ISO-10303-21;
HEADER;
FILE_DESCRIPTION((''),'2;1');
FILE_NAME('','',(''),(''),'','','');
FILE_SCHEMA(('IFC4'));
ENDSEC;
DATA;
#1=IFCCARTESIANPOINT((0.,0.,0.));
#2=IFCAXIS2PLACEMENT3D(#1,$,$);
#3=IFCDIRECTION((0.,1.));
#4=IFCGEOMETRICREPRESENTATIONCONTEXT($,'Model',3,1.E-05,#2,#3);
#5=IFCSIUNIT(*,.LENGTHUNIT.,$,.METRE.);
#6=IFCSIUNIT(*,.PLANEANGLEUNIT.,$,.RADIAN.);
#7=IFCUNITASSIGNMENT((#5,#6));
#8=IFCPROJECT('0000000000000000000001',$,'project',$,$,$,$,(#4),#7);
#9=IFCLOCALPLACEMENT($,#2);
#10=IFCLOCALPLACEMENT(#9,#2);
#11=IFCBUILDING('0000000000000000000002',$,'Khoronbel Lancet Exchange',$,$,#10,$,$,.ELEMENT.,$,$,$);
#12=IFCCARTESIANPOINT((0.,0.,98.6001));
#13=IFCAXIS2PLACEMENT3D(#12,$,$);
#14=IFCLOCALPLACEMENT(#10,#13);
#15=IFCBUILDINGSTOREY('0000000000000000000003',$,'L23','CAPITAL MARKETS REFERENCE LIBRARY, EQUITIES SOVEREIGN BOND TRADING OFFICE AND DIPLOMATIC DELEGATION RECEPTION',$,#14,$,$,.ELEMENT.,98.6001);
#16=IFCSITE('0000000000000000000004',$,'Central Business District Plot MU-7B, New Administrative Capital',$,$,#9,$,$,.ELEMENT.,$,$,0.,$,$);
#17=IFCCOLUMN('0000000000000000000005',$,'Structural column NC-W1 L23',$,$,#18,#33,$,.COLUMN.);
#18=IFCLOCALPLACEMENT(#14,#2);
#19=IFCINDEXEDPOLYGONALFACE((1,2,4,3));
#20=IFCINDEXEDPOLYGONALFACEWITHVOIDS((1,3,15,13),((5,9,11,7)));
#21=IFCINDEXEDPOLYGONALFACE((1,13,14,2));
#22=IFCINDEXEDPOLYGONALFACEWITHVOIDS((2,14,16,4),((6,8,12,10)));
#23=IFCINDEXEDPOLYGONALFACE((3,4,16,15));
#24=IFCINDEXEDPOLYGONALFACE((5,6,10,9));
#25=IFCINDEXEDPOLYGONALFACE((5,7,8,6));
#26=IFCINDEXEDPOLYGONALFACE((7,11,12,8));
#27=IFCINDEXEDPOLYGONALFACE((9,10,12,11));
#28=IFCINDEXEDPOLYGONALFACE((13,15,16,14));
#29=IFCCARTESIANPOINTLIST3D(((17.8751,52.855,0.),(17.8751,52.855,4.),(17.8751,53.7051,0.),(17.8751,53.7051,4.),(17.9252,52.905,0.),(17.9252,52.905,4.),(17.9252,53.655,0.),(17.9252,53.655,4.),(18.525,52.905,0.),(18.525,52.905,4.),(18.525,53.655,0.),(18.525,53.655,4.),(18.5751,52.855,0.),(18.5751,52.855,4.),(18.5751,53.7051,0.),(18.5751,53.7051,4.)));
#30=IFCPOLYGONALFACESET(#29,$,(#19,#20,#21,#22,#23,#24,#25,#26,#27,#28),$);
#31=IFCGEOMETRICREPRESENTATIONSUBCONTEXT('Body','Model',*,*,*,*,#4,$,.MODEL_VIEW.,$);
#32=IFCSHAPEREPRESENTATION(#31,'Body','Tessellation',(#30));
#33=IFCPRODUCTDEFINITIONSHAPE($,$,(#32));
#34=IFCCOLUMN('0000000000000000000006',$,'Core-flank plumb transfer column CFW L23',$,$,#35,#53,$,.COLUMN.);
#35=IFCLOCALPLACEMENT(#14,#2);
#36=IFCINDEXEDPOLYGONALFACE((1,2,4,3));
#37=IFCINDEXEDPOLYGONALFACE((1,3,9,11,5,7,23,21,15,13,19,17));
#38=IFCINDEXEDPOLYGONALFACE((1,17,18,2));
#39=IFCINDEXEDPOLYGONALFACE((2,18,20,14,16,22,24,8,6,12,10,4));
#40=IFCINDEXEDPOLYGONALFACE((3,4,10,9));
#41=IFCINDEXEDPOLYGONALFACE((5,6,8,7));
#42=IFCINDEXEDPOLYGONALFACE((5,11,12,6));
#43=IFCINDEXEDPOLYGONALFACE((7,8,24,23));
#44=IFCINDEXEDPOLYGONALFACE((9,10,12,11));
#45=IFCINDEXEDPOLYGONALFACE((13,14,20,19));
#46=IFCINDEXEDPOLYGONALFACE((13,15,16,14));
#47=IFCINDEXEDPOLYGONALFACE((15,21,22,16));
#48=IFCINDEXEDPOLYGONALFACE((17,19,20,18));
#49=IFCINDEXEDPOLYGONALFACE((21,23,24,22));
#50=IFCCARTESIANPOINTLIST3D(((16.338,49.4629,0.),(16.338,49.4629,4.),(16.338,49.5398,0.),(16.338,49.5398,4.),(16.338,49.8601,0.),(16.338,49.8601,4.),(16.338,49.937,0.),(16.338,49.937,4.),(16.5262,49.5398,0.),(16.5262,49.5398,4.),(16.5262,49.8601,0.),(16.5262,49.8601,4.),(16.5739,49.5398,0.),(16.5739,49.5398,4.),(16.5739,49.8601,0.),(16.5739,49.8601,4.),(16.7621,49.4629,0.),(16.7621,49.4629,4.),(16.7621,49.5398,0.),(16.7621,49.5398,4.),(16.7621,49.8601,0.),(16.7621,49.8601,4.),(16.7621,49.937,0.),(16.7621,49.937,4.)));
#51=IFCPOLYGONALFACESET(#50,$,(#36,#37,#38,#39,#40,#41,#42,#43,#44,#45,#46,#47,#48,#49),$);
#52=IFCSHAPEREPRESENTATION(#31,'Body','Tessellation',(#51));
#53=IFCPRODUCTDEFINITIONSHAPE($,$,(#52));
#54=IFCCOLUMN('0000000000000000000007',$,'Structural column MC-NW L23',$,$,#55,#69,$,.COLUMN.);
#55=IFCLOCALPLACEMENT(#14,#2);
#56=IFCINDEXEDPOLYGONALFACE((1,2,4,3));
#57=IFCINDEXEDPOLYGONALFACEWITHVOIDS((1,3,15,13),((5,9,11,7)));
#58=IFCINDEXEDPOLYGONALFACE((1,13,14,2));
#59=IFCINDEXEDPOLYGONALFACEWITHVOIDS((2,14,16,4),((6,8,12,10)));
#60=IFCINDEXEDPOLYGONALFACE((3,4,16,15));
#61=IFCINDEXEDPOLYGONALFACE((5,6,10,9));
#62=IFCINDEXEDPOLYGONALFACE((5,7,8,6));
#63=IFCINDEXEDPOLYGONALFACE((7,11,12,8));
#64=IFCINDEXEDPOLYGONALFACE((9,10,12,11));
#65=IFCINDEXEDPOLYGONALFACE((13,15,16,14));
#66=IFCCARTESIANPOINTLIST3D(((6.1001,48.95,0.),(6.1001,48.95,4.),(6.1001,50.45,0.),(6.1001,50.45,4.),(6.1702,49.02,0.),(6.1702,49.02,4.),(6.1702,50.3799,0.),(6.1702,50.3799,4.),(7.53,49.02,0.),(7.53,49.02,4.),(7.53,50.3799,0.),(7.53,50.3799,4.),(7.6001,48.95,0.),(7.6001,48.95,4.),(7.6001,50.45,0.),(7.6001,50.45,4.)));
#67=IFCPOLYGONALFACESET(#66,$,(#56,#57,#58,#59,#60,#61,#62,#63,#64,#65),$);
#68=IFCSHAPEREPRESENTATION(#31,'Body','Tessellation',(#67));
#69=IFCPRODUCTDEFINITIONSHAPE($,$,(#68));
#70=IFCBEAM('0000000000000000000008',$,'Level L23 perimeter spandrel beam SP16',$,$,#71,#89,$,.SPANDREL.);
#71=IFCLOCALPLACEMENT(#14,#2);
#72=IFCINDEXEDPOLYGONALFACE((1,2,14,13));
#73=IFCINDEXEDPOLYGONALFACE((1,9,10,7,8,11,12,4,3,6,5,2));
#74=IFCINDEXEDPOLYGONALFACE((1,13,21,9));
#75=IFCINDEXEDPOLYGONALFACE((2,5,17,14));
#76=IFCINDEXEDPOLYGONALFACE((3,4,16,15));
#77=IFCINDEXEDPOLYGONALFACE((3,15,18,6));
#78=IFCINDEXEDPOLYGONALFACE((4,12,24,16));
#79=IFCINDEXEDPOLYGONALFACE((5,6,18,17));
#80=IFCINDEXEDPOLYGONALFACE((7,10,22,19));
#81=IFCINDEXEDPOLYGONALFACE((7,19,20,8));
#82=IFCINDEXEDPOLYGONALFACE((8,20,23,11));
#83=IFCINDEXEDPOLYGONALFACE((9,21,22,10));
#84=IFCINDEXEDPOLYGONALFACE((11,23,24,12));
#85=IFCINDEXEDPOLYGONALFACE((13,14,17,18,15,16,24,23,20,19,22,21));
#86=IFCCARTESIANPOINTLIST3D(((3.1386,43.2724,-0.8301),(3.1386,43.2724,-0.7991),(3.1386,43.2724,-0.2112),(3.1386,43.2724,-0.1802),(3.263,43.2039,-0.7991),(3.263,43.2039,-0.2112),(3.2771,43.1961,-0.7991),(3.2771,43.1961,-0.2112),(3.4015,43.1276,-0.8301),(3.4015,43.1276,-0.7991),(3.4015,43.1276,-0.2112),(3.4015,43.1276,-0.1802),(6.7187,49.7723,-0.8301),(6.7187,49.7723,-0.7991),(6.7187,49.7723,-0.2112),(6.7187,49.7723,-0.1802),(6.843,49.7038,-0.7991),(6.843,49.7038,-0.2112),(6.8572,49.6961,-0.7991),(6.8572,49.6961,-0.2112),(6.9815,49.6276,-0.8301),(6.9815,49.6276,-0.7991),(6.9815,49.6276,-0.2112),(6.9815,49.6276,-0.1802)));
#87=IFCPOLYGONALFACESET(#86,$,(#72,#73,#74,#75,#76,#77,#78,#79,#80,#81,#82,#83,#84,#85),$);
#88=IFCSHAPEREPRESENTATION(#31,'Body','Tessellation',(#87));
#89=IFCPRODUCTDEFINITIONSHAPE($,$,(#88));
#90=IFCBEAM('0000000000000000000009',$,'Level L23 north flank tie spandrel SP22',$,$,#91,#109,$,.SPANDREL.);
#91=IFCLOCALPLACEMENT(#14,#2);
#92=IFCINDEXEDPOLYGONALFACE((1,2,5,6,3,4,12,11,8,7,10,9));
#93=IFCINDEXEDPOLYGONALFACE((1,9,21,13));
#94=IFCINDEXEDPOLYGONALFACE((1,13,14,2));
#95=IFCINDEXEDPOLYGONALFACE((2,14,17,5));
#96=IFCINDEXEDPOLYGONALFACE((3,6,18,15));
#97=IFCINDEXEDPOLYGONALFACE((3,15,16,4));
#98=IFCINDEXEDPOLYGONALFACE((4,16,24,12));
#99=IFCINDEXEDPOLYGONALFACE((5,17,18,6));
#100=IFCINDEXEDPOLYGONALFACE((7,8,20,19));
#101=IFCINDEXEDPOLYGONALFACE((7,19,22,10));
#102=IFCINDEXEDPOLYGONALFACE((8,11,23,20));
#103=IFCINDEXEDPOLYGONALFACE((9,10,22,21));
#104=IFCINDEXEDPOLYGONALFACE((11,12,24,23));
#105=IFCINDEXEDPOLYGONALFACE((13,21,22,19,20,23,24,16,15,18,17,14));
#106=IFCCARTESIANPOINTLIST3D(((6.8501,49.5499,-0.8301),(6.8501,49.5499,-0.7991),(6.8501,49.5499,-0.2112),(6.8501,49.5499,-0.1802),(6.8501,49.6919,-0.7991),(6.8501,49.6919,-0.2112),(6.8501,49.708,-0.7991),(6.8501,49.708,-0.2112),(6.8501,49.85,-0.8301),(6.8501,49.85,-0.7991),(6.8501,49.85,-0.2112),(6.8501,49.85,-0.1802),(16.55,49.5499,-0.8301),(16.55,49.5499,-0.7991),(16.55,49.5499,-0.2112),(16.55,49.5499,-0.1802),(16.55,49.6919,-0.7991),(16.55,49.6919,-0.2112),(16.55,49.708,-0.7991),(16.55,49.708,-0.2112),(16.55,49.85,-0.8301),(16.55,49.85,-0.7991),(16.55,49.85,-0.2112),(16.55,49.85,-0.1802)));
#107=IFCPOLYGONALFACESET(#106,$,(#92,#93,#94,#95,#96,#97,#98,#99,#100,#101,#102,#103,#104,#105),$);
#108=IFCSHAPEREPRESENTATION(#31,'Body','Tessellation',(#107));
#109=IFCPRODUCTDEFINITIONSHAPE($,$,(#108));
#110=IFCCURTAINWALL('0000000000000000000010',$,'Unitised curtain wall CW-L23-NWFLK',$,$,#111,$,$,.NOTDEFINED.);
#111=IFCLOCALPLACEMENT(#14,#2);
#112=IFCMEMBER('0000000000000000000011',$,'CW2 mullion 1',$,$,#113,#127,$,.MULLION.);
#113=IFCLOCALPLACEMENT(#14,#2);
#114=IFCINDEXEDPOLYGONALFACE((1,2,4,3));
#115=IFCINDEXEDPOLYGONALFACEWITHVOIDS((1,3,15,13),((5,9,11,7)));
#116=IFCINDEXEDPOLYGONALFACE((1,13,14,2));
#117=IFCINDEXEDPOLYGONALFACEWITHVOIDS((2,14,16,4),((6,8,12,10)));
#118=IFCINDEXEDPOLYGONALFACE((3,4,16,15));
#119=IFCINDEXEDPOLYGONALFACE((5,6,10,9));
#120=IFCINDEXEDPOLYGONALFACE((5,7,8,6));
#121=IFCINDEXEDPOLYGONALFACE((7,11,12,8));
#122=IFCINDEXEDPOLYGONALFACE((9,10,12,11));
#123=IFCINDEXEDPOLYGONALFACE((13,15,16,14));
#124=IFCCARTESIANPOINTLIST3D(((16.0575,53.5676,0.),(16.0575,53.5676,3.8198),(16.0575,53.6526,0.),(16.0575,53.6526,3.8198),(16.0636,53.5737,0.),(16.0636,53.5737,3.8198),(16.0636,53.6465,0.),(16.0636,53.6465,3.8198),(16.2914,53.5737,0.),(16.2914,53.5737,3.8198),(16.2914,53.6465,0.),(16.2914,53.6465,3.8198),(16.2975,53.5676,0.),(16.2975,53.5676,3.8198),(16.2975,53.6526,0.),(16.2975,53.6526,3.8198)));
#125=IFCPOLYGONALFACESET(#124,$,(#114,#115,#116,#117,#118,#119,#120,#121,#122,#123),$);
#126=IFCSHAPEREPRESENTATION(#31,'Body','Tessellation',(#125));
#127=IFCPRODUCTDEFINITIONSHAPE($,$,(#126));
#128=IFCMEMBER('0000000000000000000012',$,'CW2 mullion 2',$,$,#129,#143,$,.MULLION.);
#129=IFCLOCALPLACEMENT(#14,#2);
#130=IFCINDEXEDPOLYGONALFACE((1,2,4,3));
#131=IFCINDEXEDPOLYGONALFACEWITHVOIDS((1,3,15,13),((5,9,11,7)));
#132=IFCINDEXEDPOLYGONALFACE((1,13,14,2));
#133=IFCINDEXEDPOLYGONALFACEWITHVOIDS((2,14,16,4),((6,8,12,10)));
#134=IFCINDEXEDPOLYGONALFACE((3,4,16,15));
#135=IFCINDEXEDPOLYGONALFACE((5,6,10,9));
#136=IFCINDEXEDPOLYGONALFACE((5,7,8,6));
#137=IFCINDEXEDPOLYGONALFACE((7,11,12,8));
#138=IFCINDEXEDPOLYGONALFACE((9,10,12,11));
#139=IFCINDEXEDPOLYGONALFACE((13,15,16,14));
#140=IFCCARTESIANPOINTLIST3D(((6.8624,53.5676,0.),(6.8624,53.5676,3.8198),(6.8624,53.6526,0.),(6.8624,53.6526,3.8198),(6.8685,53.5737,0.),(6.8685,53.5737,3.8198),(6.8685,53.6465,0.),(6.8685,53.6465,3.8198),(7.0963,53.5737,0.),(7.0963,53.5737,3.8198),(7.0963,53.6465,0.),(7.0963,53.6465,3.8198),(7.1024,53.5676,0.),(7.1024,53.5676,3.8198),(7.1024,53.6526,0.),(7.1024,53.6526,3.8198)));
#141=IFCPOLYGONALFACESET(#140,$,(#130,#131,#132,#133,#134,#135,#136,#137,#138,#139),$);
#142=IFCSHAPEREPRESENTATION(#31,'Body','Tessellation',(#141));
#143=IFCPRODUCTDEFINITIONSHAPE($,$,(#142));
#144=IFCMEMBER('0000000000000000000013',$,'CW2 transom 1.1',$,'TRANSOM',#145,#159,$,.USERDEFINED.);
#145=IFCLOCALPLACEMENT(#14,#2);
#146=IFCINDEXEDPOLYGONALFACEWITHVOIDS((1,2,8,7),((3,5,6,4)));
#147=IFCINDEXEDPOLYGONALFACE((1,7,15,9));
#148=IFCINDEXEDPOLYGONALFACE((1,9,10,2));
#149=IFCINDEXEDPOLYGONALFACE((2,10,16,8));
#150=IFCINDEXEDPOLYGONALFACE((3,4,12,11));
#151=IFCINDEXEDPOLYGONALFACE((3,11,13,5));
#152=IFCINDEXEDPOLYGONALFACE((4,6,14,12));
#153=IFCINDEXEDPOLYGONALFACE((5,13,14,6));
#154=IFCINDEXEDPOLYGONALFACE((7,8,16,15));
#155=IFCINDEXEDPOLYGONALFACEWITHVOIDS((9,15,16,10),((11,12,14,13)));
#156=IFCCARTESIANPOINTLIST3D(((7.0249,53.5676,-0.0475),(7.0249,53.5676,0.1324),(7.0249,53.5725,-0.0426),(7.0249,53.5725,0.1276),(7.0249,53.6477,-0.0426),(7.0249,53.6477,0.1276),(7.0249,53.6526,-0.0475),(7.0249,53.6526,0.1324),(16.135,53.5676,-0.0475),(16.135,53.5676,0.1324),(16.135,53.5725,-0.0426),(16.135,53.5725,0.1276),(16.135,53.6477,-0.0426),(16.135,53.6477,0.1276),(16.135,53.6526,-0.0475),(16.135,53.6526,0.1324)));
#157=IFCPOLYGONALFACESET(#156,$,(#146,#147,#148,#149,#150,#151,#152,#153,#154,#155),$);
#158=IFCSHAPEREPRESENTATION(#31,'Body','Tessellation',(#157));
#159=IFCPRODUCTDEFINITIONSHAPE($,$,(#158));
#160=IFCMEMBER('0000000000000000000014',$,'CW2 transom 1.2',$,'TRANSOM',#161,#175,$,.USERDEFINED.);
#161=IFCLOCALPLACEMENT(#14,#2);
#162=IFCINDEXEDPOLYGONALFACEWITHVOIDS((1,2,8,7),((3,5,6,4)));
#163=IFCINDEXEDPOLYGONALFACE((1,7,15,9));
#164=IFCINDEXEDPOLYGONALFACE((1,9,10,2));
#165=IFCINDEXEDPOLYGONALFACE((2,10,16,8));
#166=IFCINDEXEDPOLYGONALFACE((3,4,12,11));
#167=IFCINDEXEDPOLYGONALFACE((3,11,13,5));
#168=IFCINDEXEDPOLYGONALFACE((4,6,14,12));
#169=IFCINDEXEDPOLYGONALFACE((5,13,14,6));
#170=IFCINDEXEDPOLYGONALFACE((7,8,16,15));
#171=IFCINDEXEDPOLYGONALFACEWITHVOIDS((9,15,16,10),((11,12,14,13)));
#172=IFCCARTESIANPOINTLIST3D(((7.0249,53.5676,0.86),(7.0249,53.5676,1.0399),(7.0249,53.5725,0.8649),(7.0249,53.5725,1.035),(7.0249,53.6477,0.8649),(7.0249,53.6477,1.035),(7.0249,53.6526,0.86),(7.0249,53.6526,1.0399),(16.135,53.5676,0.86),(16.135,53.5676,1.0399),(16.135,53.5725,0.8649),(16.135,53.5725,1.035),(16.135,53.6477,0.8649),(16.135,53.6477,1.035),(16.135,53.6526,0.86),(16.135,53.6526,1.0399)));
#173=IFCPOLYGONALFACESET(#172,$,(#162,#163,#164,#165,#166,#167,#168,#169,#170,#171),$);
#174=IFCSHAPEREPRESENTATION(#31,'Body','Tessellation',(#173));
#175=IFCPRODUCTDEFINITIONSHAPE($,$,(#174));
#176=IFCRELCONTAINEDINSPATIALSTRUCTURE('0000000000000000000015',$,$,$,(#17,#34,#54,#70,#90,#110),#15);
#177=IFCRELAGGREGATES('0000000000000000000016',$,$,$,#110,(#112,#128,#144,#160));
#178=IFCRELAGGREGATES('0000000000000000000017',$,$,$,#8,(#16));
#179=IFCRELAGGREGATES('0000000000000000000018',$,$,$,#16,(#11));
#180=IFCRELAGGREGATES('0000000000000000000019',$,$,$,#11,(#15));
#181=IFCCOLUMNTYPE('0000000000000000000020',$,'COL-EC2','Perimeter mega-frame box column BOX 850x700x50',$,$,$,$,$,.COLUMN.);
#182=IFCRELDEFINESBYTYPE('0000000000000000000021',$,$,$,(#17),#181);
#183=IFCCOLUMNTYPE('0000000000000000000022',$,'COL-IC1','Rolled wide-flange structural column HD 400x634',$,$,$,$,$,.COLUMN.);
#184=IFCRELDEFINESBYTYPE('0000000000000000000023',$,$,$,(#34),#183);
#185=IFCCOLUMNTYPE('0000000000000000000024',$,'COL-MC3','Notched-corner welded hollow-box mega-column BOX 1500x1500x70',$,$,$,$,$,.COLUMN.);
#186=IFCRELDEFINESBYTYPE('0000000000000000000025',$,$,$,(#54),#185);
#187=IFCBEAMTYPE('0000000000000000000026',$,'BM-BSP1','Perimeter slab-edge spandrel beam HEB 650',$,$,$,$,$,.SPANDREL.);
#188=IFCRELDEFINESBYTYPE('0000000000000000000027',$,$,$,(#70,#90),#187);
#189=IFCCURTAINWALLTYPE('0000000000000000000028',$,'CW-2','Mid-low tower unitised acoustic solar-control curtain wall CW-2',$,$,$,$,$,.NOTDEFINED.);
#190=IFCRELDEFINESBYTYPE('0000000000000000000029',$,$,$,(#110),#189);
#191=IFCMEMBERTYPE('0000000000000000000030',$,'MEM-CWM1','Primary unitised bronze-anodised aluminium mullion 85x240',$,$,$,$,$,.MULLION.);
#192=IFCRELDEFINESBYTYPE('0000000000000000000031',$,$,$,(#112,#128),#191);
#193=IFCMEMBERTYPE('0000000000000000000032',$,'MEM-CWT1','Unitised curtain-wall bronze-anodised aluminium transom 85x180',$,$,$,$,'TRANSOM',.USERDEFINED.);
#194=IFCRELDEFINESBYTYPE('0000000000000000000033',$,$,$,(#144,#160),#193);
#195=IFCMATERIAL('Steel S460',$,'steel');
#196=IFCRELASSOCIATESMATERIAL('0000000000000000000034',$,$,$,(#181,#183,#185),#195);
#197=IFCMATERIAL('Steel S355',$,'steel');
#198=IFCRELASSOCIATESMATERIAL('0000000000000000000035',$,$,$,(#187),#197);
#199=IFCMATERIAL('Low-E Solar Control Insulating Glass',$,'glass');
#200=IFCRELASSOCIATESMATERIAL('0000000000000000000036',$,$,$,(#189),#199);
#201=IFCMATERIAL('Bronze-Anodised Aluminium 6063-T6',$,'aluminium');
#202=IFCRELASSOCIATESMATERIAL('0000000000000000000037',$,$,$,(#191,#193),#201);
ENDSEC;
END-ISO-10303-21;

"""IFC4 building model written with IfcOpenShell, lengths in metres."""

from ifc_helpers import new_model, si_unit, direction, frame, origin, origin_2d, place, context, subcontext, project, spatial, hollow_rectangle, i_section, extrude, material, material_profile, profile_set, type_object, element, aggregate, save


model = new_model("IFC4")

# Units and contexts
model_context = context("Model", 3, precision=1e-05, world=origin(), true_north=direction((0.0, 1.0)))
body_context = subcontext(model_context, "Body", "Model", "MODEL_VIEW")
ifc_project = project(units=[si_unit("LENGTHUNIT", "METRE"), si_unit("PLANEANGLEUNIT", "RADIAN")], contexts=[model_context])

# Site, building, storey
site_placement = place(None, origin())
site = spatial("IfcSite", under=ifc_project, at=site_placement, Name="Central Business District Plot MU-7B, New Administrative Capital", CompositionType="ELEMENT", RefElevation=0.0)
building_placement = place(site_placement, origin())
building = spatial("IfcBuilding", under=site, at=building_placement, Name="Khoronbel Lancet Exchange", CompositionType="ELEMENT")
storey_placement = place(building_placement, frame((0.0, 0.0, 98.6001)))
storey = spatial("IfcBuildingStorey", under=building, at=storey_placement, Name="L23", Description="CAPITAL MARKETS REFERENCE LIBRARY, EQUITIES SOVEREIGN BOND TRADING OFFICE AND DIPLOMATIC DELEGATION RECEPTION", CompositionType="ELEMENT", Elevation=98.6001)

# Columns
ifc_material_1 = material(Name="Steel S460", Category="steel")
ifc_material_profile_1 = material_profile(ifc_material_1, hollow_rectangle(XDim=0.7, YDim=0.8501, WallThickness=0.05, at=origin_2d()), Name="BOX 850x700x50")
ifc_profile_set_1 = profile_set([ifc_material_profile_1], Name="Steel S460")
column_type_1 = type_object("IfcColumnType", Name="COL-EC2", Description="Perimeter mega-frame box column BOX 850x700x50", PredefinedType="COLUMN", material=ifc_profile_set_1)
column_1_placement = place(storey_placement, frame((18.2251, 53.28, 0.0), z_axis=(0.0, 0.0, 1.0), x_axis=(1.0, 0.0, 0.0)))
element("IfcColumn", 1, at=column_1_placement, inside=storey, type_object=column_type_1, Name="Structural column NC-W1 L23", PredefinedType="COLUMN", context=body_context, shape_type="SweptSolid", body=[
    extrude(hollow_rectangle(XDim=0.7, YDim=0.8501, WallThickness=0.05, at=origin_2d()), origin(), (0.0, 0.0, 1.0), 4.0),
])
ifc_material_profile_2 = material_profile(ifc_material_1, i_section(OverallWidth=0.4241, OverallDepth=0.4741, WebThickness=0.0476, FlangeThickness=0.0769, at=origin_2d()), Name="HD 400x634")
ifc_profile_set_2 = profile_set([ifc_material_profile_2], Name="Steel S460")
column_type_2 = type_object("IfcColumnType", Name="COL-IC1", Description="Rolled wide-flange structural column HD 400x634", PredefinedType="COLUMN", material=ifc_profile_set_2)
column_2_placement = place(storey_placement, frame((16.55, 49.7, 0.0), z_axis=(0.0, 0.0, 1.0), x_axis=(1.0, 0.0, 0.0)))
element("IfcColumn", 2, at=column_2_placement, inside=storey, type_object=column_type_2, Name="Core-flank plumb transfer column CFW L23", PredefinedType="COLUMN", context=body_context, shape_type="SweptSolid", body=[
    extrude(i_section(OverallWidth=0.4241, OverallDepth=0.4741, WebThickness=0.0476, FlangeThickness=0.0769, at=origin_2d()), origin(), (0.0, 0.0, 1.0), 4.0),
])
ifc_material_profile_3 = material_profile(ifc_material_1, hollow_rectangle(XDim=1.5, YDim=1.5, WallThickness=0.0701, at=origin_2d()), Name="BOX 1500x1500x70")
ifc_profile_set_3 = profile_set([ifc_material_profile_3], Name="Steel S460")
column_type_3 = type_object("IfcColumnType", Name="COL-MC3", Description="Notched-corner welded hollow-box mega-column BOX 1500x1500x70", PredefinedType="COLUMN", material=ifc_profile_set_3)
column_3_placement = place(storey_placement, frame((6.8501, 49.7, 0.0), z_axis=(0.0, 0.0, 1.0), x_axis=(1.0, 0.0, 0.0)))
element("IfcColumn", 3, at=column_3_placement, inside=storey, type_object=column_type_3, Name="Structural column MC-NW L23", PredefinedType="COLUMN", context=body_context, shape_type="SweptSolid", body=[
    extrude(hollow_rectangle(XDim=1.5, YDim=1.5, WallThickness=0.0701, at=origin_2d()), origin(), (0.0, 0.0, 1.0), 4.0),
])

# Beams
ifc_material_2 = material(Name="Steel S355", Category="steel")
ifc_material_profile_4 = material_profile(ifc_material_2, i_section(OverallWidth=0.3, OverallDepth=0.6499, WebThickness=0.0161, FlangeThickness=0.031, at=origin_2d()), Name="HEB 650")
ifc_profile_set_4 = profile_set([ifc_material_profile_4], Name="Steel S355")
beam_type = type_object("IfcBeamType", Name="BM-BSP1", Description="Perimeter slab-edge spandrel beam HEB 650", PredefinedType="SPANDREL", material=ifc_profile_set_4)
beam_1_placement = place(storey_placement, frame((6.8501, 49.7, -0.5051), z_axis=(-0.482444, -0.875927, 0.0), x_axis=(0.875927, -0.482444, 0.0)))
element("IfcBeam", 4, at=beam_1_placement, inside=storey, type_object=beam_type, Name="Level L23 perimeter spandrel beam SP16", PredefinedType="SPANDREL", context=body_context, shape_type="SweptSolid", body=[
    extrude(i_section(OverallWidth=0.3, OverallDepth=0.6499, WebThickness=0.0161, FlangeThickness=0.031, at=origin_2d()), origin(), (0.0, 0.0, 1.0), 7.4207),
])
beam_2_placement = place(storey_placement, frame((6.8501, 49.7, -0.5051), z_axis=(1.0, 0.0, 0.0), x_axis=(0.0, 1.0, 0.0)))
element("IfcBeam", 5, at=beam_2_placement, inside=storey, type_object=beam_type, Name="Level L23 north flank tie spandrel SP22", PredefinedType="SPANDREL", context=body_context, shape_type="SweptSolid", body=[
    extrude(i_section(OverallWidth=0.3, OverallDepth=0.6499, WebThickness=0.0161, FlangeThickness=0.031, at=origin_2d()), origin(), (0.0, 0.0, 1.0), 9.7),
])

# Curtain wall, members
ifc_material_3 = material(Name="Low-E Solar Control Insulating Glass", Category="glass")
curtain_wall_type = type_object("IfcCurtainWallType", Name="CW-2", Description="Mid-low tower unitised acoustic solar-control curtain wall CW-2", PredefinedType="NOTDEFINED", material=ifc_material_3)
curtain_wall_placement = place(storey_placement, origin())
curtain_wall = element("IfcCurtainWall", 6, at=curtain_wall_placement, inside=storey, type_object=curtain_wall_type, Name="Unitised curtain wall CW-L23-NWFLK", PredefinedType="NOTDEFINED")
ifc_material_4 = material(Name="Bronze-Anodised Aluminium 6063-T6", Category="aluminium")
ifc_material_profile_5 = material_profile(ifc_material_4, hollow_rectangle(XDim=0.085, YDim=0.24, WallThickness=0.0061, at=origin_2d()), Name="ALU MULLION 85x240")
ifc_profile_set_5 = profile_set([ifc_material_profile_5], Name="Bronze-Anodised Aluminium 6063-T6")
member_type_1 = type_object("IfcMemberType", Name="MEM-CWM1", Description="Primary unitised bronze-anodised aluminium mullion 85x240", PredefinedType="MULLION", material=ifc_profile_set_5)
member_1_placement = place(storey_placement, frame((16.1775, 53.6101, 0.0), z_axis=(0.0, 0.0, 1.0), x_axis=(0.0, -1.0, 0.0)))
member_1 = element("IfcMember", 7, at=member_1_placement, type_object=member_type_1, Name="CW2 mullion 1", PredefinedType="MULLION", context=body_context, shape_type="SweptSolid", body=[
    extrude(hollow_rectangle(XDim=0.085, YDim=0.24, WallThickness=0.0061, at=origin_2d()), origin(), (0.0, 0.0, 1.0), 3.8198),
])
member_2_placement = place(storey_placement, frame((6.9824, 53.6101, 0.0), z_axis=(0.0, 0.0, 1.0), x_axis=(0.0, -1.0, 0.0)))
member_2 = element("IfcMember", 8, at=member_2_placement, type_object=member_type_1, Name="CW2 mullion 2", PredefinedType="MULLION", context=body_context, shape_type="SweptSolid", body=[
    extrude(hollow_rectangle(XDim=0.085, YDim=0.24, WallThickness=0.0061, at=origin_2d()), origin(), (0.0, 0.0, 1.0), 3.8198),
])
ifc_material_profile_6 = material_profile(ifc_material_4, hollow_rectangle(XDim=0.085, YDim=0.1799, WallThickness=0.0049, at=origin_2d()), Name="ALU TRANSOM 85x180")
ifc_profile_set_6 = profile_set([ifc_material_profile_6], Name="Bronze-Anodised Aluminium 6063-T6")
member_type_2 = type_object("IfcMemberType", Name="MEM-CWT1", Description="Unitised curtain-wall bronze-anodised aluminium transom 85x180", ElementType="TRANSOM", PredefinedType="USERDEFINED", material=ifc_profile_set_6)
member_3_placement = place(storey_placement, frame((16.135, 53.6101, 0.0425), z_axis=(-1.0, 0.0, 0.0), x_axis=(0.0, -1.0, 0.0)))
member_3 = element("IfcMember", 9, at=member_3_placement, type_object=member_type_2, Name="CW2 transom 1.1", ObjectType="TRANSOM", PredefinedType="USERDEFINED", context=body_context, shape_type="SweptSolid", body=[
    extrude(hollow_rectangle(XDim=0.085, YDim=0.1799, WallThickness=0.0049, at=origin_2d()), origin(), (0.0, 0.0, 1.0), 9.1101),
])
member_4_placement = place(storey_placement, frame((16.135, 53.6101, 0.95), z_axis=(-1.0, 0.0, 0.0), x_axis=(0.0, -1.0, 0.0)))
member_4 = element("IfcMember", 10, at=member_4_placement, type_object=member_type_2, Name="CW2 transom 1.2", ObjectType="TRANSOM", PredefinedType="USERDEFINED", context=body_context, shape_type="SweptSolid", body=[
    extrude(hollow_rectangle(XDim=0.085, YDim=0.1799, WallThickness=0.0049, at=origin_2d()), origin(), (0.0, 0.0, 1.0), 9.1101),
])
aggregate(curtain_wall, [member_1, member_2, member_3, member_4])

save(model, "model.ifc")
